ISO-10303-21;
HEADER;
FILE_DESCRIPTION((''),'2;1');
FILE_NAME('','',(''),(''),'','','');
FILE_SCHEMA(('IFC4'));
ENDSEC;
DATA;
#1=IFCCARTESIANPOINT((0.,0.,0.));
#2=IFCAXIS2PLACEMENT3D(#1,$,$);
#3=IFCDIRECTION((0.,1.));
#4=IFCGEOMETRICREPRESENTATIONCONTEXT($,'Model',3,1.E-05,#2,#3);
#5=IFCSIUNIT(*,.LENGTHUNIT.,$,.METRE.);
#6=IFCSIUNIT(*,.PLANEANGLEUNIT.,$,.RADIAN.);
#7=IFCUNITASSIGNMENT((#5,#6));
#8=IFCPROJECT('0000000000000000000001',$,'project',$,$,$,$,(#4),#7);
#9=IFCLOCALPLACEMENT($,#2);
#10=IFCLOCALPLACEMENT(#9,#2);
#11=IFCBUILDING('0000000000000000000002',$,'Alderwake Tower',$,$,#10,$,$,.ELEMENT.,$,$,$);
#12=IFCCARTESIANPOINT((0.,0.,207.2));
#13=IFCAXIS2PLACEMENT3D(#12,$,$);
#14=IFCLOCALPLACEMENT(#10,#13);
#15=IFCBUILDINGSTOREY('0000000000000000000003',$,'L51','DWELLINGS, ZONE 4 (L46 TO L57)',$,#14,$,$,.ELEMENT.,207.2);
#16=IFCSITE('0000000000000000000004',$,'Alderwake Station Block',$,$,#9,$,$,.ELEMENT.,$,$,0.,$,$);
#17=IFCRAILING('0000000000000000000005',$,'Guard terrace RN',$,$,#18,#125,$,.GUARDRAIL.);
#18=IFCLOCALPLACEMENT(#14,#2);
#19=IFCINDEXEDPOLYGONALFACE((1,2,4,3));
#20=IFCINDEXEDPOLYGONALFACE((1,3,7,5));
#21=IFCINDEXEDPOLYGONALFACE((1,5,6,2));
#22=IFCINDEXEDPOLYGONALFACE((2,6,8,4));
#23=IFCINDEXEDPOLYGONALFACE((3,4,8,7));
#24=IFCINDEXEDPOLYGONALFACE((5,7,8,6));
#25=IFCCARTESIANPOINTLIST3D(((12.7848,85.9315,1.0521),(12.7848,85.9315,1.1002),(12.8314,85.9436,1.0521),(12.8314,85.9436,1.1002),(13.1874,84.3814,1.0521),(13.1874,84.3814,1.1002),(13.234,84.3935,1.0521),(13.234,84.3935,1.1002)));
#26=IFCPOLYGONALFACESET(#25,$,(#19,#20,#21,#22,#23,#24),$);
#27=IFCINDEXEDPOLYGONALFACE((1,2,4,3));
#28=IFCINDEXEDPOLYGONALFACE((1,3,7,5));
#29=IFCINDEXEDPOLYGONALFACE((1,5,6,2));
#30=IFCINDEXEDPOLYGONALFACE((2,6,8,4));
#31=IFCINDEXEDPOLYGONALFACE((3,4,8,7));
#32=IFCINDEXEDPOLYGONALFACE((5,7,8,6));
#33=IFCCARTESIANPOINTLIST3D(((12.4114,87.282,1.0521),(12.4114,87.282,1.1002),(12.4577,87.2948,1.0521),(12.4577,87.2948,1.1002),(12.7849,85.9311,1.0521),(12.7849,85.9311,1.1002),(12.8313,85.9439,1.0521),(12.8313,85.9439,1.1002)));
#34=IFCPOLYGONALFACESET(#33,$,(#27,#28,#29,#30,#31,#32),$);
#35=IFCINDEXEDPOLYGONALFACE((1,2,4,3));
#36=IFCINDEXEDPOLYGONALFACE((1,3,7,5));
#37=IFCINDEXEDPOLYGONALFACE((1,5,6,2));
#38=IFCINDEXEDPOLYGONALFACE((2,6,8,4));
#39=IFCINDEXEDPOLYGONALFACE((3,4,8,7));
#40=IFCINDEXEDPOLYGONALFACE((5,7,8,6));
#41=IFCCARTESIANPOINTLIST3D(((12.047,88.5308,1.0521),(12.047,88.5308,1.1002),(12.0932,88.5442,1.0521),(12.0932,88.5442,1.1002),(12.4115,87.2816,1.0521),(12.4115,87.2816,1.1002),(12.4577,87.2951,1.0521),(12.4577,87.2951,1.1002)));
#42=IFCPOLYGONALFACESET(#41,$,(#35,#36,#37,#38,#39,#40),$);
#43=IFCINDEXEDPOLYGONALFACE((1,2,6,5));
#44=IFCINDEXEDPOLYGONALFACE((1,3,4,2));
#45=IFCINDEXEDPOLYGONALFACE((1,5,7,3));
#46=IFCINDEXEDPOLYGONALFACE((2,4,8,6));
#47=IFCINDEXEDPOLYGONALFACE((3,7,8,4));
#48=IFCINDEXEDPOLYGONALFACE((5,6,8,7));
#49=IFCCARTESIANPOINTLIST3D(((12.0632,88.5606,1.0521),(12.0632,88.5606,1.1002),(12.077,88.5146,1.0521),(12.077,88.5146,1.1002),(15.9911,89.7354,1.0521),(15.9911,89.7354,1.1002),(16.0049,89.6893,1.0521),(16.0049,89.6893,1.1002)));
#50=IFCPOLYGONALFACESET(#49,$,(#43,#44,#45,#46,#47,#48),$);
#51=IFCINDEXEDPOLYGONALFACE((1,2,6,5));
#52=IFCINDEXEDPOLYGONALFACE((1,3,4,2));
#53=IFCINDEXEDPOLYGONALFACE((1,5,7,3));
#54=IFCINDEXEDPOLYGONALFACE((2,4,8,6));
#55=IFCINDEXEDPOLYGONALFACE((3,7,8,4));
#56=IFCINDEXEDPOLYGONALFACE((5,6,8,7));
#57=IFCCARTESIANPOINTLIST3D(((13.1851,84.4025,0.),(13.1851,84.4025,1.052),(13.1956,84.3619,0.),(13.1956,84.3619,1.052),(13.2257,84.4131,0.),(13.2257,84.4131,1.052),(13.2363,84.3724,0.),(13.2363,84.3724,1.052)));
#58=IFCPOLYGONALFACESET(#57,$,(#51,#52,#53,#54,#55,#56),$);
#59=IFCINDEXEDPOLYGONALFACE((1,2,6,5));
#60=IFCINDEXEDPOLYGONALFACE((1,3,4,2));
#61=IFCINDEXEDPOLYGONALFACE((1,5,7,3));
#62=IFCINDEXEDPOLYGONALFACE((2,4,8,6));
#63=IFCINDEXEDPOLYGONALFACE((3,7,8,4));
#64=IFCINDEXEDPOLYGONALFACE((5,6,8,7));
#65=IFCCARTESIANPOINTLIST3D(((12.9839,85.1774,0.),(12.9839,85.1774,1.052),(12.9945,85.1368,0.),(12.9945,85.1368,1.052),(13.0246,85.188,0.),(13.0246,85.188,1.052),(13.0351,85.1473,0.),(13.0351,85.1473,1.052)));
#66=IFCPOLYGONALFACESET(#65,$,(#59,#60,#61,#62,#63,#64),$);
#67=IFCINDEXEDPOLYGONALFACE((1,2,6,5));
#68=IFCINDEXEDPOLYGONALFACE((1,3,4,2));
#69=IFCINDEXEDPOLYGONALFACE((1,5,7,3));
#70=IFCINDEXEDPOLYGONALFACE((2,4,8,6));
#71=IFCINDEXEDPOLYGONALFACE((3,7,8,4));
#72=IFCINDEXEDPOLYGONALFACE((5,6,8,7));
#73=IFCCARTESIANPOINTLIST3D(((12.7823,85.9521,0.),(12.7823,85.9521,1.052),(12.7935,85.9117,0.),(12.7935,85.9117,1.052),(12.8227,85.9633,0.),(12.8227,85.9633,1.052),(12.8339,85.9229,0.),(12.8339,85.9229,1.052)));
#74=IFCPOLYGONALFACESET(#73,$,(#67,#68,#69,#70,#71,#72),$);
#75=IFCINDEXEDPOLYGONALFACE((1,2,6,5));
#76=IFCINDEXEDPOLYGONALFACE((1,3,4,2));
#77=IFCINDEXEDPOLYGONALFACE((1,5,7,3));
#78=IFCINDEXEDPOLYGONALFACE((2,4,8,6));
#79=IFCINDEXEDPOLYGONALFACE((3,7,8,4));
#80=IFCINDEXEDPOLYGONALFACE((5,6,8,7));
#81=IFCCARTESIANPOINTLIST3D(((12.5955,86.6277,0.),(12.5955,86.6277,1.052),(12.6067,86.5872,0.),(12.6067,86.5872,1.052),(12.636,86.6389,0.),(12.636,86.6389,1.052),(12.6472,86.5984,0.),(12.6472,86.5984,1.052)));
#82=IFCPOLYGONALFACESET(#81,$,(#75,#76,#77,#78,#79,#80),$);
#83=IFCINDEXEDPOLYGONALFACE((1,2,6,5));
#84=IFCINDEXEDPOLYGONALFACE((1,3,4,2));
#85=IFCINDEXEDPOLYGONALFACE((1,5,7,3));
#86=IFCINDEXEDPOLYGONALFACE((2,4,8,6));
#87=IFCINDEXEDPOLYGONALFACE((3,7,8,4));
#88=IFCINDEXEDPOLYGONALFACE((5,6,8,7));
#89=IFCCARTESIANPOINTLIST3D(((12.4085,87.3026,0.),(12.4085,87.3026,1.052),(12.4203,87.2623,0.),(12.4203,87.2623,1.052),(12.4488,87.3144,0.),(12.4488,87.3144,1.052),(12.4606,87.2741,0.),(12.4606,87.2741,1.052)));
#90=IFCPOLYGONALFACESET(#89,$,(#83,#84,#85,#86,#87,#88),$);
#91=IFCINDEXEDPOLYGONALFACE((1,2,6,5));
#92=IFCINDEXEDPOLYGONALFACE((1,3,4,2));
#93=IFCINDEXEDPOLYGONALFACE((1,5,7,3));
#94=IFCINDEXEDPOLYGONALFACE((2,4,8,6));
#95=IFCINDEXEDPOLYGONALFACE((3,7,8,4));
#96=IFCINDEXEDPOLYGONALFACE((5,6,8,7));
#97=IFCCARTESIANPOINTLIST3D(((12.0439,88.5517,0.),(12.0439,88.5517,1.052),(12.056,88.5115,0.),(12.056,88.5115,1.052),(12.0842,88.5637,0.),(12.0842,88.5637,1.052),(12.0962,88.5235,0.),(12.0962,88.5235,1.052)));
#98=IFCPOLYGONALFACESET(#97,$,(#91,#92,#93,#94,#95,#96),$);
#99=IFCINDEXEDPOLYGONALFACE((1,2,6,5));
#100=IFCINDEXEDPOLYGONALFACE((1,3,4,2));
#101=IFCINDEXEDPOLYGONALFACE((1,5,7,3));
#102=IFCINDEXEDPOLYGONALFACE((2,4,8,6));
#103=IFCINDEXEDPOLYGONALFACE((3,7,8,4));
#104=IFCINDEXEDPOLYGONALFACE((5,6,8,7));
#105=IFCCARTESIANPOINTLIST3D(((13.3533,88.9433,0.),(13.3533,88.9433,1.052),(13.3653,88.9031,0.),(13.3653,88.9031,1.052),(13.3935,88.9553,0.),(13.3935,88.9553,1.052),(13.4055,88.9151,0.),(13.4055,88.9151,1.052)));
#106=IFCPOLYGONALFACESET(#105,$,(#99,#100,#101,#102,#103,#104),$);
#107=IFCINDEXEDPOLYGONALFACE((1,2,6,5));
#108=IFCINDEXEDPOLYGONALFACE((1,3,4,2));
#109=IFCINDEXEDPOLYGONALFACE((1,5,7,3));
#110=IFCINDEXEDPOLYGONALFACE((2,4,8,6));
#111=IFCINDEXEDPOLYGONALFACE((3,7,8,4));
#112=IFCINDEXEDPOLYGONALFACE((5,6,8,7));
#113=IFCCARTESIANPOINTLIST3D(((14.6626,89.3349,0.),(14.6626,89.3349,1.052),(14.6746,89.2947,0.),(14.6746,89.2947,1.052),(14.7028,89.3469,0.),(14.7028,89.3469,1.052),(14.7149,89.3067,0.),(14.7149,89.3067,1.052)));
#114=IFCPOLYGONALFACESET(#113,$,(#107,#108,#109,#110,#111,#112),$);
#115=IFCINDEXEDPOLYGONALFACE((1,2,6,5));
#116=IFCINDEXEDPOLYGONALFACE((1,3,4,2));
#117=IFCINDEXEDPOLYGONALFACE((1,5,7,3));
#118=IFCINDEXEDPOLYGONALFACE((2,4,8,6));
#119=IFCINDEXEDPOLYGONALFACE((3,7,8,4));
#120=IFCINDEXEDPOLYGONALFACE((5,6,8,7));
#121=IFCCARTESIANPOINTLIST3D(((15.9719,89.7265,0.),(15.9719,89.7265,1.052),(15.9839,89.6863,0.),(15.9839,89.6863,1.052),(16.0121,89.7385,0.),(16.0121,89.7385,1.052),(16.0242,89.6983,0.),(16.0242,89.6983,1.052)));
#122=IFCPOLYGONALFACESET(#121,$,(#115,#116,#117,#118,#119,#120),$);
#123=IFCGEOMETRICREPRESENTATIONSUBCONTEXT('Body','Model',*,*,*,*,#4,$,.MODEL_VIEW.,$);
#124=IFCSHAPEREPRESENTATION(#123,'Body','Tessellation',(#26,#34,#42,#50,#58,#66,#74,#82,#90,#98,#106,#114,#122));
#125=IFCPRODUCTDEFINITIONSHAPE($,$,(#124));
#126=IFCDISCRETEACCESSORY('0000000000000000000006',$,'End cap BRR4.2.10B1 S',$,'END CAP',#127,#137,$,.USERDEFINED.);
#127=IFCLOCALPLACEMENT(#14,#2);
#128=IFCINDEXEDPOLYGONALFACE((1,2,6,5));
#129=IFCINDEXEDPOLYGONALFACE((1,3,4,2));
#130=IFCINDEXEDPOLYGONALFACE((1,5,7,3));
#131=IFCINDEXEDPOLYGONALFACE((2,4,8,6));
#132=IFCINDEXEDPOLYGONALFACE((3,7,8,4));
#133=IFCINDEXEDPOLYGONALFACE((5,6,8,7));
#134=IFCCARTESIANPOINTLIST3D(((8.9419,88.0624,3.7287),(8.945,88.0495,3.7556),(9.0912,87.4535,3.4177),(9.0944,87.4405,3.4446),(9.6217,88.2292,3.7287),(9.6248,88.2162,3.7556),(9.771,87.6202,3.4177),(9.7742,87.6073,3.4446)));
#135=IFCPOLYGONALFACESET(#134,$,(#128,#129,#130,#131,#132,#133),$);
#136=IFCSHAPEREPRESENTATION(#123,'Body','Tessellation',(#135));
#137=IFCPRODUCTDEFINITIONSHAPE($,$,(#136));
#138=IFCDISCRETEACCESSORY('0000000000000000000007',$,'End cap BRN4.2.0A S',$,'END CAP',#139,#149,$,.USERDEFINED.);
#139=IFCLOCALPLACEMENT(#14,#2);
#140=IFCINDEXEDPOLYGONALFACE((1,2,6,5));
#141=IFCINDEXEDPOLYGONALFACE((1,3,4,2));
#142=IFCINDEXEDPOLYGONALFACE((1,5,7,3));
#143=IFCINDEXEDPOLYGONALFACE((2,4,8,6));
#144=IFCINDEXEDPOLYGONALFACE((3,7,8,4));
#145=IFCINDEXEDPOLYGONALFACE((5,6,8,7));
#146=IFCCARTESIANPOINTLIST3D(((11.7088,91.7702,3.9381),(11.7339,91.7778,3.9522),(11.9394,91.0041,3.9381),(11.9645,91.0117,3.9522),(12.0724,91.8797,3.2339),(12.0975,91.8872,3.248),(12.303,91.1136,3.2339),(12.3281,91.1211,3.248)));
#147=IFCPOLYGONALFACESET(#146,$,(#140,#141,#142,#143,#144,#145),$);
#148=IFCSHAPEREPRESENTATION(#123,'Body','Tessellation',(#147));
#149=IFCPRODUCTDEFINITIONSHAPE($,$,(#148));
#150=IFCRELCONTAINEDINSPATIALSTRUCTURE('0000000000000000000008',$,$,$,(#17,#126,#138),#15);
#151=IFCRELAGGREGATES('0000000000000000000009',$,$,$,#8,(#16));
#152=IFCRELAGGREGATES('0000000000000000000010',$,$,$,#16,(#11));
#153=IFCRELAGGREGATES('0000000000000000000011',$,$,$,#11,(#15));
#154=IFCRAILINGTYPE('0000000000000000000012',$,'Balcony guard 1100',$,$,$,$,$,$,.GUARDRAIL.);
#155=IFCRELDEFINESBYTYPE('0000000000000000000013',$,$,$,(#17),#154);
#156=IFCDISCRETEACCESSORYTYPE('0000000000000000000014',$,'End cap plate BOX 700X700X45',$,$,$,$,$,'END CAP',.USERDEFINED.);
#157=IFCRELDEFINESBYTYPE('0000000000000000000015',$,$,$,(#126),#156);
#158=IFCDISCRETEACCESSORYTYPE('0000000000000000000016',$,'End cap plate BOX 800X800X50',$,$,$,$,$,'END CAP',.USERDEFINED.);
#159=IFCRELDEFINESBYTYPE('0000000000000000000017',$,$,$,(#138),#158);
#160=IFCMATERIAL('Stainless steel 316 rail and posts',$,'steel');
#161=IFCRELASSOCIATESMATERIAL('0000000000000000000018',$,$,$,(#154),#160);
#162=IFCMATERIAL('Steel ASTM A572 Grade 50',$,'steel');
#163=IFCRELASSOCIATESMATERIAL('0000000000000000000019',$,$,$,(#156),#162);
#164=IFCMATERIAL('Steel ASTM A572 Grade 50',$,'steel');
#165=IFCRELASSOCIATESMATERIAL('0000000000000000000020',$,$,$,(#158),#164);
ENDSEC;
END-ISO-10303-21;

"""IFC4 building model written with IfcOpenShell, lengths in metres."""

from ifc_helpers import new_model, si_unit, direction, frame, origin, origin_2d, place, context, subcontext, project, spatial, rectangle, extrude, material, material_profile, profile_set, type_object, element, save


model = new_model("IFC4")

# Units and contexts
model_context = context("Model", 3, precision=1e-05, world=origin(), true_north=direction((0.0, 1.0)))
body_context = subcontext(model_context, "Body", "Model", "MODEL_VIEW")
ifc_project = project(units=[si_unit("LENGTHUNIT", "METRE"), si_unit("PLANEANGLEUNIT", "RADIAN")], contexts=[model_context])

# Site, building, storey
site_placement = place(None, origin())
site = spatial("IfcSite", under=ifc_project, at=site_placement, Name="Alderwake Station Block", CompositionType="ELEMENT", RefElevation=0.0)
building_placement = place(site_placement, origin())
building = spatial("IfcBuilding", under=site, at=building_placement, Name="Alderwake Tower", CompositionType="ELEMENT")
storey_placement = place(building_placement, frame((0.0, 0.0, 207.2)))
storey = spatial("IfcBuildingStorey", under=building, at=storey_placement, Name="L51", Description="DWELLINGS, ZONE 4 (L46 TO L57)", CompositionType="ELEMENT", Elevation=207.2)

# Railing
ifc_material_1 = material(Name="Stainless steel 316 rail and posts", Category="steel")
railing_type = type_object("IfcRailingType", Name="Balcony guard 1100", PredefinedType="GUARDRAIL", material=ifc_material_1)
railing_placement = place(storey_placement, frame((13.2107, 84.3875, 0.0)))
element("IfcRailing", 1, at=railing_placement, inside=storey, type_object=railing_type, Name="Guard terrace RN", PredefinedType="GUARDRAIL", context=body_context, shape_type="SweptSolid", body=[
    extrude(rectangle(XDim=0.0481, YDim=0.0481, at=origin_2d()), frame((0.0, 0.0, 1.0762), z_axis=(-0.251385, 0.967887, 0.0), x_axis=(-0.967887, -0.251385, 0.0)), (0.0, 0.0, 1.0), 1.6016),
    extrude(rectangle(XDim=0.0481, YDim=0.0481, at=origin_2d()), frame((-0.4026, 1.55, 1.0762), z_axis=(-0.266521, 0.963829, 0.0), x_axis=(-0.963829, -0.266521, 0.0)), (0.0, 0.0, 1.0), 1.4016),
    extrude(rectangle(XDim=0.0481, YDim=0.0481, at=origin_2d()), frame((-0.7761, 2.9009, 1.0762), z_axis=(-0.280094, 0.959973, 0.0), x_axis=(-0.959973, -0.280094, 0.0)), (0.0, 0.0, 1.0), 1.3013),
    extrude(rectangle(XDim=0.0481, YDim=0.0481, at=origin_2d()), frame((-1.1406, 4.1501, 1.0762), z_axis=(0.958067, 0.286545, 0.0), x_axis=(-0.286545, 0.958067, 0.0)), (0.0, 0.0, 1.0), 4.0999),
    extrude(rectangle(XDim=0.042, YDim=0.042, at=origin_2d()), frame((0.0, 0.0, 0.0), z_axis=(0.0, 0.0, 1.0), x_axis=(-0.251385, 0.967887, 0.0)), (0.0, 0.0, 1.0), 1.052),
    extrude(rectangle(XDim=0.042, YDim=0.042, at=origin_2d()), frame((-0.2012, 0.7749, 0.0), z_axis=(0.0, 0.0, 1.0), x_axis=(-0.251385, 0.967887, 0.0)), (0.0, 0.0, 1.0), 1.052),
    extrude(rectangle(XDim=0.042, YDim=0.042, at=origin_2d()), frame((-0.4026, 1.55, 0.0), z_axis=(0.0, 0.0, 1.0), x_axis=(-0.266521, 0.963829, 0.0)), (0.0, 0.0, 1.0), 1.052),
    extrude(rectangle(XDim=0.042, YDim=0.042, at=origin_2d()), frame((-0.5894, 2.2256, 0.0), z_axis=(0.0, 0.0, 1.0), x_axis=(-0.266521, 0.963829, 0.0)), (0.0, 0.0, 1.0), 1.052),
    extrude(rectangle(XDim=0.042, YDim=0.042, at=origin_2d()), frame((-0.7761, 2.9009, 0.0), z_axis=(0.0, 0.0, 1.0), x_axis=(-0.280094, 0.959973, 0.0)), (0.0, 0.0, 1.0), 1.052),
    extrude(rectangle(XDim=0.042, YDim=0.042, at=origin_2d()), frame((-1.1406, 4.1501, 0.0), z_axis=(0.0, 0.0, 1.0), x_axis=(0.958067, 0.286545, 0.0)), (0.0, 0.0, 1.0), 1.052),
    extrude(rectangle(XDim=0.042, YDim=0.042, at=origin_2d()), frame((0.1687, 4.5417, 0.0), z_axis=(0.0, 0.0, 1.0), x_axis=(0.958067, 0.286545, 0.0)), (0.0, 0.0, 1.0), 1.052),
    extrude(rectangle(XDim=0.042, YDim=0.042, at=origin_2d()), frame((1.478, 4.9333, 0.0), z_axis=(0.0, 0.0, 1.0), x_axis=(0.958067, 0.286545, 0.0)), (0.0, 0.0, 1.0), 1.052),
    extrude(rectangle(XDim=0.042, YDim=0.042, at=origin_2d()), frame((2.7874, 5.325, 0.0), z_axis=(0.0, 0.0, 1.0), x_axis=(0.958067, 0.286545, 0.0)), (0.0, 0.0, 1.0), 1.052),
])

# Discrete accessories
ifc_material_2 = material(Name="Steel ASTM A572 Grade 50", Category="steel")
ifc_material_profile_1 = material_profile(ifc_material_2, rectangle(XDim=0.7, YDim=0.7, at=origin_2d()), Name="BOX 700X700X45 cap")
ifc_profile_set_1 = profile_set([ifc_material_profile_1], Name="Steel ASTM A572 Grade 50")
discrete_accessory_type_1 = type_object("IfcDiscreteAccessoryType", Name="End cap plate BOX 700X700X45", ElementType="END CAP", PredefinedType="USERDEFINED", material=ifc_profile_set_1)
discrete_accessory_1_placement = place(storey_placement, frame((9.3596, 87.8284, 3.6001), z_axis=(-0.10587, 0.431622, -0.89582), x_axis=(-0.971211, -0.238222, 0.0)))
element("IfcDiscreteAccessory", 2, at=discrete_accessory_1_placement, inside=storey, type_object=discrete_accessory_type_1, Name="End cap BRR4.2.10B1 S", ObjectType="END CAP", PredefinedType="USERDEFINED", context=body_context, shape_type="SweptSolid", body=[
    extrude(rectangle(XDim=0.7, YDim=0.7, at=origin_2d()), origin(), (0.0, 0.0, 1.0), 0.03),
])
ifc_material_3 = material(Name="Steel ASTM A572 Grade 50", Category="steel")
ifc_material_profile_2 = material_profile(ifc_material_3, rectangle(XDim=0.8, YDim=0.8, at=origin_2d()), Name="BOX 800X800X50 cap")
ifc_profile_set_2 = profile_set([ifc_material_profile_2], Name="Steel ASTM A572 Grade 50")
discrete_accessory_type_2 = type_object("IfcDiscreteAccessoryType", Name="End cap plate BOX 800X800X50", ElementType="END CAP", PredefinedType="USERDEFINED", material=ifc_profile_set_2)
discrete_accessory_2_placement = place(storey_placement, frame((12.031, 91.4495, 3.6001), z_axis=(-0.842848, -0.253673, -0.474613), x_axis=(0.288201, -0.95757, 0.0)))
element("IfcDiscreteAccessory", 3, at=discrete_accessory_2_placement, inside=storey, type_object=discrete_accessory_type_2, Name="End cap BRN4.2.0A S", ObjectType="END CAP", PredefinedType="USERDEFINED", context=body_context, shape_type="SweptSolid", body=[
    extrude(rectangle(XDim=0.8, YDim=0.8, at=origin_2d()), origin(), (0.0, 0.0, 1.0), 0.0298),
])

save(model, "model.ifc")
